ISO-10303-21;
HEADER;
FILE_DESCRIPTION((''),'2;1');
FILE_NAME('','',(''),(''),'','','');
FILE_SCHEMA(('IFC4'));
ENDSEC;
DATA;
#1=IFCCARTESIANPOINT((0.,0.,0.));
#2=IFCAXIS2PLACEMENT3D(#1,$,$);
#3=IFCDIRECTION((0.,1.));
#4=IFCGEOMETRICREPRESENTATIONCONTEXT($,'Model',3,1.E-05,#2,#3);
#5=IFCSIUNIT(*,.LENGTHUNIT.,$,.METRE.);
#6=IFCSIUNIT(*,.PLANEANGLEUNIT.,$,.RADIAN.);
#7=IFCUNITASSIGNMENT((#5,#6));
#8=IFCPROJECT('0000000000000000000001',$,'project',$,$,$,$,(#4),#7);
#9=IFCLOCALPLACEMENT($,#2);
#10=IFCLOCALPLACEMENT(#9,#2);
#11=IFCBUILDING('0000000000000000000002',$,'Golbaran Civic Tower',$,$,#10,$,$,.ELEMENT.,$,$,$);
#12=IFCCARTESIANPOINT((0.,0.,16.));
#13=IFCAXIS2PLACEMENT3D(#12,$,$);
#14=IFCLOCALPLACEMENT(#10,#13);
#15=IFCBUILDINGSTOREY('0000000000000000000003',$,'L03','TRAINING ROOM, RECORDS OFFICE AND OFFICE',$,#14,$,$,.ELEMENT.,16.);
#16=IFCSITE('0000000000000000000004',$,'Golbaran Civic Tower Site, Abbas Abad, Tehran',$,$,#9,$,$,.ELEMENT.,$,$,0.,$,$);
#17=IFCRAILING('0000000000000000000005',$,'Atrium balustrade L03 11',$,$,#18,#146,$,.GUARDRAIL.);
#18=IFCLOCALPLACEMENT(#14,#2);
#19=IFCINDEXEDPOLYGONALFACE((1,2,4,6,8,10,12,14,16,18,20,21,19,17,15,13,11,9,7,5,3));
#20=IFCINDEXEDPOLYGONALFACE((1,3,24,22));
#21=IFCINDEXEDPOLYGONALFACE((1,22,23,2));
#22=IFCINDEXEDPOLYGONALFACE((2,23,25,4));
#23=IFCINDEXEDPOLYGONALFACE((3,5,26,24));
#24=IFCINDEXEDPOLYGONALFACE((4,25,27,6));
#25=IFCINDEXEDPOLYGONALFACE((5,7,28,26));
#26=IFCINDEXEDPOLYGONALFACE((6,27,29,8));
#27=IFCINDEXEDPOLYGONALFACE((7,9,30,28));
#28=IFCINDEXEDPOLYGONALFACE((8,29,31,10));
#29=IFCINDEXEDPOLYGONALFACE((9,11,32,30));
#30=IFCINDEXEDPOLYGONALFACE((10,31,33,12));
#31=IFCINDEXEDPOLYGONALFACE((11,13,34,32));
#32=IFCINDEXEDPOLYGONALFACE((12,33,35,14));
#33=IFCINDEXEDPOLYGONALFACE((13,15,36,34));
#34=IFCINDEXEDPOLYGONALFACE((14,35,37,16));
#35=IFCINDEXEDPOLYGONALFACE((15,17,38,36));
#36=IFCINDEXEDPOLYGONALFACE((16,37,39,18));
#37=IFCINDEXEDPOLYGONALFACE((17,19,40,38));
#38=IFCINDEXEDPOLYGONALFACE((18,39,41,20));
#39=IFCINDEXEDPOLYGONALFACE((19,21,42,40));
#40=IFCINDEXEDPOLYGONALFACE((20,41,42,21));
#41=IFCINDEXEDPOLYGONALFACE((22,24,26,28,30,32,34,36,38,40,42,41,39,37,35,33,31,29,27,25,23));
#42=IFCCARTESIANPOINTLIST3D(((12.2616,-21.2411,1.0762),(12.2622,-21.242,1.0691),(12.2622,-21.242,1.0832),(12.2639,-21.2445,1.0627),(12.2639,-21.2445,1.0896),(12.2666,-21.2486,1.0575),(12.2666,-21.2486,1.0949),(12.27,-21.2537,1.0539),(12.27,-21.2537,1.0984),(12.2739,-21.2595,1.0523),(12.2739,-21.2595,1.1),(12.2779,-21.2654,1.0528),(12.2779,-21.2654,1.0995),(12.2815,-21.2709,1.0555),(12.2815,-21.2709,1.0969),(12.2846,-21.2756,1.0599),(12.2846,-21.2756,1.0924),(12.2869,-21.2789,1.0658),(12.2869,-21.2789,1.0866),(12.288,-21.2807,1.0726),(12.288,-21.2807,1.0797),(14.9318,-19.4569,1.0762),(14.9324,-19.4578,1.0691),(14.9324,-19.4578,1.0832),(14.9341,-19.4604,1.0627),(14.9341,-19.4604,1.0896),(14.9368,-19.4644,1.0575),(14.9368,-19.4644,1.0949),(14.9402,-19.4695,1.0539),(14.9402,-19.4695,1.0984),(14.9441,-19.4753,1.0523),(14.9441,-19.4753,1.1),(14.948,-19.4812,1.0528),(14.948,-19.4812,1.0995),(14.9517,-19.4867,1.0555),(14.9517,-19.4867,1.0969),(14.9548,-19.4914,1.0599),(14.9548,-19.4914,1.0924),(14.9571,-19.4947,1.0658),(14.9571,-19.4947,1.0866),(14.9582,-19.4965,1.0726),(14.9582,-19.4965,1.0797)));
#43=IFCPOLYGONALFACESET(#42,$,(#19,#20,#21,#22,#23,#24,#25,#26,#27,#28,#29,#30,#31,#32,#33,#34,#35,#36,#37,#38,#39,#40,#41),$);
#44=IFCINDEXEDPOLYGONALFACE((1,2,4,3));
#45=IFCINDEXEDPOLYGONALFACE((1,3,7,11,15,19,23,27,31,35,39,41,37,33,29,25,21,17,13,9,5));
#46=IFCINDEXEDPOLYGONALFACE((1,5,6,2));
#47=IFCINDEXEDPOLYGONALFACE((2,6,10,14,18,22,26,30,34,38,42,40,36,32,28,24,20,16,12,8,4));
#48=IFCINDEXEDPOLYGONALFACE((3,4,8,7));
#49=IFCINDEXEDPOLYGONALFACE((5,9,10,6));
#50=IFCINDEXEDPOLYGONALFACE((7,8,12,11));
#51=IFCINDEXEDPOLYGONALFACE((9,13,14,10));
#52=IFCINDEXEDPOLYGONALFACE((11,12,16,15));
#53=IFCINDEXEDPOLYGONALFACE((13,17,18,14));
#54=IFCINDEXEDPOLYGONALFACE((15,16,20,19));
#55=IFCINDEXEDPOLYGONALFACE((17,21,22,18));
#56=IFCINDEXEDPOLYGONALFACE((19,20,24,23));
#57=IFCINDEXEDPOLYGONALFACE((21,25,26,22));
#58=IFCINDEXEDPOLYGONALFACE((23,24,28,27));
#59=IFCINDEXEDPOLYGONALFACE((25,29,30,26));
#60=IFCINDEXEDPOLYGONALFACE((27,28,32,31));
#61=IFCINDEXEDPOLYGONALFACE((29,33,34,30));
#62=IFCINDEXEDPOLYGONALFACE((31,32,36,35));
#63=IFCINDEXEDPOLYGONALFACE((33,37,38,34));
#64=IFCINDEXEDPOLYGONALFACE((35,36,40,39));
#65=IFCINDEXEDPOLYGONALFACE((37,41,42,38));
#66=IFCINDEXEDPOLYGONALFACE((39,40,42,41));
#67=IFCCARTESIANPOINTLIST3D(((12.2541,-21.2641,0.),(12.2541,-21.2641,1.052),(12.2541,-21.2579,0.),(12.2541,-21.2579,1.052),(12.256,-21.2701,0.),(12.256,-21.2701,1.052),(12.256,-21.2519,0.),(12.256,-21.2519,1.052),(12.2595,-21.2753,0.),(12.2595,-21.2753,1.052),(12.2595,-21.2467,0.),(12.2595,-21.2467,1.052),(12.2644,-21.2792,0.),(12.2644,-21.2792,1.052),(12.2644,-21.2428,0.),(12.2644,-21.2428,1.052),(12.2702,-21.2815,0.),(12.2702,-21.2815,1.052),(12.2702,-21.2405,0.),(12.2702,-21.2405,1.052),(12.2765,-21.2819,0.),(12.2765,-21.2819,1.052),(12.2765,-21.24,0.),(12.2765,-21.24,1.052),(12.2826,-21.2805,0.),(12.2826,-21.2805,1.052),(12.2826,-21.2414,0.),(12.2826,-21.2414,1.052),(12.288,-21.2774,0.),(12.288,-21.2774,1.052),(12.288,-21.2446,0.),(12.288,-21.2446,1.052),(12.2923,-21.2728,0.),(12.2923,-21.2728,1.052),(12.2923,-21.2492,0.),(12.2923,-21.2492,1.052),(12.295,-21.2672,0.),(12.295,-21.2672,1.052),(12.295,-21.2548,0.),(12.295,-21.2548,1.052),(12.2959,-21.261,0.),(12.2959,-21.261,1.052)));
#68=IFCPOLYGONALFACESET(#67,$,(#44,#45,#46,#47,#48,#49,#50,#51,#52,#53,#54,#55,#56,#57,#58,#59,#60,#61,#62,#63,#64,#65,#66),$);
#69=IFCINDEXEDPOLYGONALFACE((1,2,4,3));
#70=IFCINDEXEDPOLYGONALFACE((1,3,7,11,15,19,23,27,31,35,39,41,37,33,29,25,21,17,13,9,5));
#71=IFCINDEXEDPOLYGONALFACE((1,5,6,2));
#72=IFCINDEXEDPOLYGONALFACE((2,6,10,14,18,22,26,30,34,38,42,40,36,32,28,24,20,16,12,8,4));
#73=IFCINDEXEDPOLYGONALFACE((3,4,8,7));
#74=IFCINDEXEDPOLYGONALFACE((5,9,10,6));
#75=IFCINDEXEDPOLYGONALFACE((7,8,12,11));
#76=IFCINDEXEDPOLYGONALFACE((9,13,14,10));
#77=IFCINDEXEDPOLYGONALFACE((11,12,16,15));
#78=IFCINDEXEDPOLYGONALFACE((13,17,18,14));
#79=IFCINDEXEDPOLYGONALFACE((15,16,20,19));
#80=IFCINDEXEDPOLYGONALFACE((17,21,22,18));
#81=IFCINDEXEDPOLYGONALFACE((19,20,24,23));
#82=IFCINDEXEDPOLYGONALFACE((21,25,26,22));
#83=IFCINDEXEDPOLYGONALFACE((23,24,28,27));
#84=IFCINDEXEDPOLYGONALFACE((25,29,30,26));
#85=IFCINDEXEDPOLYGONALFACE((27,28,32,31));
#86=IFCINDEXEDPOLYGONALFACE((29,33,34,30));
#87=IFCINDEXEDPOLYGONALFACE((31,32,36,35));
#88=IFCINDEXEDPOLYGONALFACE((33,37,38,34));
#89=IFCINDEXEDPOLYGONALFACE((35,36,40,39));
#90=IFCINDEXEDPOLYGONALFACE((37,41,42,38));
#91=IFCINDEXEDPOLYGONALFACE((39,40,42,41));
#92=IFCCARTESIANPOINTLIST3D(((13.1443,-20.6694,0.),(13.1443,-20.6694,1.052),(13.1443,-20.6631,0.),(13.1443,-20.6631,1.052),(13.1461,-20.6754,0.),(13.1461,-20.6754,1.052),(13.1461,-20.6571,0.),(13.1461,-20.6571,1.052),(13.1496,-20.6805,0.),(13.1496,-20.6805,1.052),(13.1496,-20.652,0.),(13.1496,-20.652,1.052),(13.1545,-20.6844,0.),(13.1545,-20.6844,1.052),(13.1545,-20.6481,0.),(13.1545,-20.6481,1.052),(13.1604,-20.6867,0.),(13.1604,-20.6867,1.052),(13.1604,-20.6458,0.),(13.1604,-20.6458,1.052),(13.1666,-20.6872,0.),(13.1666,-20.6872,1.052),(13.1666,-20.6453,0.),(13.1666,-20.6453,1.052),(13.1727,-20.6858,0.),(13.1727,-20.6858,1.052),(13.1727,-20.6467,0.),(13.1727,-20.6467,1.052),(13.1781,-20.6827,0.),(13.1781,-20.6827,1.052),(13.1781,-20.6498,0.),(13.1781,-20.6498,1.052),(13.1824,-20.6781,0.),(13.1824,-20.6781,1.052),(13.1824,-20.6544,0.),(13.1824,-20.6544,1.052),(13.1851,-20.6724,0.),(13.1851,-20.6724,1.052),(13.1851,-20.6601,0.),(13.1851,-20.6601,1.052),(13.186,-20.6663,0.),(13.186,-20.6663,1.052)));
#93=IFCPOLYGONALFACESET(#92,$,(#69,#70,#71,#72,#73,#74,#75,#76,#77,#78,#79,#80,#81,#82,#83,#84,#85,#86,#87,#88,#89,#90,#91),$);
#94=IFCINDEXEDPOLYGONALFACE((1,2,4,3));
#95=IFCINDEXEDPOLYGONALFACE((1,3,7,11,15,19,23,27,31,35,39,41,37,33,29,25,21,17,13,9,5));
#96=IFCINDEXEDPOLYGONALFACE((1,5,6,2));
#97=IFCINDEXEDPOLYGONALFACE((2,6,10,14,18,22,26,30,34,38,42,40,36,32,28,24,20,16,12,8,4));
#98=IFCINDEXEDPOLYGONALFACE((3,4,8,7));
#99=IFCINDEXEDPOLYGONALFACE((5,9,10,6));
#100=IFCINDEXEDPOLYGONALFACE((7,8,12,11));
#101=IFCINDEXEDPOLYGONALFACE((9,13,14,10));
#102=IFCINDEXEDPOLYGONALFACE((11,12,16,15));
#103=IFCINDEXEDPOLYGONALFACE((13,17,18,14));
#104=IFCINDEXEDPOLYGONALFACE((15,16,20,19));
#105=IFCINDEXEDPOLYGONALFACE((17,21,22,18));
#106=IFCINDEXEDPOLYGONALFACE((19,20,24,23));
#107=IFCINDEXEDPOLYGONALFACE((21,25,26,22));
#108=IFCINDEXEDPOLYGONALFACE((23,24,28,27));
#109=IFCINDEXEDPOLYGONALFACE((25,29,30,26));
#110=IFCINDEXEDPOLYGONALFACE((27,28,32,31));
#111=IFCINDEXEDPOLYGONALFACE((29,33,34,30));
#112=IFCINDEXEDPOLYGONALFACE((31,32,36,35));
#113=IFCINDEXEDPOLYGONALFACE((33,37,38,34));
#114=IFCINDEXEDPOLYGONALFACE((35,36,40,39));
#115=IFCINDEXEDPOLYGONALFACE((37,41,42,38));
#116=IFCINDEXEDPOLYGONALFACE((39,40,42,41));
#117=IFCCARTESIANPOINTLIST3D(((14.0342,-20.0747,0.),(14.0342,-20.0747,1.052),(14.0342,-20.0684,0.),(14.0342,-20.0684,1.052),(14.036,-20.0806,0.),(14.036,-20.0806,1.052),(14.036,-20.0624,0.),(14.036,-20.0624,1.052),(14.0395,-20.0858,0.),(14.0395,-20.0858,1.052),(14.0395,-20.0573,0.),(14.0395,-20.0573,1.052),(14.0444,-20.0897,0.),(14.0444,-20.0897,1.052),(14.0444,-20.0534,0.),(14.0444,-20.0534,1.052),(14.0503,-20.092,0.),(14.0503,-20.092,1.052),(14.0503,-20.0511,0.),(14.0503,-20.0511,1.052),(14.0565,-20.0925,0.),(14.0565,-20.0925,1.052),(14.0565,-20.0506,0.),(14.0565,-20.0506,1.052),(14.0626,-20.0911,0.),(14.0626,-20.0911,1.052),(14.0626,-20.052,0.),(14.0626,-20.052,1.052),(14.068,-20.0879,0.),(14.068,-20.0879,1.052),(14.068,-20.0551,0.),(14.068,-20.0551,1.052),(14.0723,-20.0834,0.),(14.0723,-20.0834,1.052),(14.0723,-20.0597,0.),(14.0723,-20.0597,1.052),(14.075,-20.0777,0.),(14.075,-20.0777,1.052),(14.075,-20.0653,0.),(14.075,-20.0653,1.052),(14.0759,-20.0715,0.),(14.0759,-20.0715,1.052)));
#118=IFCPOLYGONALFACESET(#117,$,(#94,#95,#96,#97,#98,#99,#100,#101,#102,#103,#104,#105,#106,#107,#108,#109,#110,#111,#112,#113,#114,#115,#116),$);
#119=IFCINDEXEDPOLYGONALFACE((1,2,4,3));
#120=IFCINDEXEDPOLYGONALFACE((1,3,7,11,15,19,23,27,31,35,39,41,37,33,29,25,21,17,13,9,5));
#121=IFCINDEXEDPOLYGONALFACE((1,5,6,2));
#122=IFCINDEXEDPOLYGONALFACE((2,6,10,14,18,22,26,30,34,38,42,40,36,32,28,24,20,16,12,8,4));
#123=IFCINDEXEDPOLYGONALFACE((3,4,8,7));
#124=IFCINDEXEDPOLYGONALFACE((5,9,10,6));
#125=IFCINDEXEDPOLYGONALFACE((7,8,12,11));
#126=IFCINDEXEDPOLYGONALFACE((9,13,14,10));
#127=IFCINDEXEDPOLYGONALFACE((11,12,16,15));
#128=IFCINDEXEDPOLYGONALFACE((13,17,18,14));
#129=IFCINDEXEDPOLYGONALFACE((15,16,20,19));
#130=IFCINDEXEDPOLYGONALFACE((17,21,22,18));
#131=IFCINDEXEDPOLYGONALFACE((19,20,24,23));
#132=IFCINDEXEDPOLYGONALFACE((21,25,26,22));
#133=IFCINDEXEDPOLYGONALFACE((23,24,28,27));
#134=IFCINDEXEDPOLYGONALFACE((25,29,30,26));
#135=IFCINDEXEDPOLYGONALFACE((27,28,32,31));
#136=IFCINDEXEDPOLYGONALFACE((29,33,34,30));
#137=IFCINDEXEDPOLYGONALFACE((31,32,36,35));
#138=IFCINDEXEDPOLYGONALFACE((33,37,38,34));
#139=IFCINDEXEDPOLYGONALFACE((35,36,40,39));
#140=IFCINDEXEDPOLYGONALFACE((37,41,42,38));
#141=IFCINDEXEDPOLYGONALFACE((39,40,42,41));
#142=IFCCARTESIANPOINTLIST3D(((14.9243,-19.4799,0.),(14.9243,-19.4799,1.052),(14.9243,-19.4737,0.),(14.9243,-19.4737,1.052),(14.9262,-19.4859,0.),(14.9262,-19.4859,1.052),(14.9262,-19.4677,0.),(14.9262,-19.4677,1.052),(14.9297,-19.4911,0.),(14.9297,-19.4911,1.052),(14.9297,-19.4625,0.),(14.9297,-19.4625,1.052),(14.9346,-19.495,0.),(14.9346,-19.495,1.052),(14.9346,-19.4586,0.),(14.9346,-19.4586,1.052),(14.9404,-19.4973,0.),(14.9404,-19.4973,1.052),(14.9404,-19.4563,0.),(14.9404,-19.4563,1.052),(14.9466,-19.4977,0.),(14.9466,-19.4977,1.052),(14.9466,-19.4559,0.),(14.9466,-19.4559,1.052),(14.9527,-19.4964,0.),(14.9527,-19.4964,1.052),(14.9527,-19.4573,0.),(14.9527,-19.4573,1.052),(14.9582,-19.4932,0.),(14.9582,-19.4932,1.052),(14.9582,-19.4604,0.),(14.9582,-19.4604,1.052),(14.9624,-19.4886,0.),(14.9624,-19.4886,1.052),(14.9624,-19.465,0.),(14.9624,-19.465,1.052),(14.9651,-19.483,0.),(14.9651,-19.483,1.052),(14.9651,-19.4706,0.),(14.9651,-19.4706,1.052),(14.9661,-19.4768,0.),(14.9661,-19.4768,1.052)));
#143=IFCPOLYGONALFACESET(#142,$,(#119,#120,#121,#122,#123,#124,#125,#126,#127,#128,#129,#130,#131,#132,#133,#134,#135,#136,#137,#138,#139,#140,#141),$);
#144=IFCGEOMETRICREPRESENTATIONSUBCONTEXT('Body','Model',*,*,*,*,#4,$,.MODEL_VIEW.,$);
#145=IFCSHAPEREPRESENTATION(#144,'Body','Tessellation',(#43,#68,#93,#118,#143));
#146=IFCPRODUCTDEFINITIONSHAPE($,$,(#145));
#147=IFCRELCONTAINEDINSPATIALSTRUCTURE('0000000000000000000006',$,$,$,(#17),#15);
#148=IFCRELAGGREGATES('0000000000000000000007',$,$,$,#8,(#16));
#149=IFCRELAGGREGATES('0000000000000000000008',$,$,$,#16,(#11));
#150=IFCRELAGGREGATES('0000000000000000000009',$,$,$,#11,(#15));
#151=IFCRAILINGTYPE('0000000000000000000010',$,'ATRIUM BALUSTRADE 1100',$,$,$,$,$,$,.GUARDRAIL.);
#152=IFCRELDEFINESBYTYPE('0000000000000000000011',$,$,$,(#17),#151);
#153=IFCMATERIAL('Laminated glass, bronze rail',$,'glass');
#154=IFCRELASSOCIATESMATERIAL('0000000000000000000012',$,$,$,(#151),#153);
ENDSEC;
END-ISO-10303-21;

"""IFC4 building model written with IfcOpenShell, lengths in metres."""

from ifc_helpers import new_model, si_unit, direction, frame, origin, origin_2d, place, context, subcontext, project, spatial, circle, extrude, material, type_object, element, save


model = new_model("IFC4")

# Units and contexts
model_context = context("Model", 3, precision=1e-05, world=origin(), true_north=direction((0.0, 1.0)))
body_context = subcontext(model_context, "Body", "Model", "MODEL_VIEW")
ifc_project = project(units=[si_unit("LENGTHUNIT", "METRE"), si_unit("PLANEANGLEUNIT", "RADIAN")], contexts=[model_context])

# Site, building, storey
site_placement = place(None, origin())
site = spatial("IfcSite", under=ifc_project, at=site_placement, Name="Golbaran Civic Tower Site, Abbas Abad, Tehran", CompositionType="ELEMENT", RefElevation=0.0)
building_placement = place(site_placement, origin())
building = spatial("IfcBuilding", under=site, at=building_placement, Name="Golbaran Civic Tower", CompositionType="ELEMENT")
storey_placement = place(building_placement, frame((0.0, 0.0, 16.0)))
storey = spatial("IfcBuildingStorey", under=building, at=storey_placement, Name="L03", Description="TRAINING ROOM, RECORDS OFFICE AND OFFICE", CompositionType="ELEMENT", Elevation=16.0)

# Railing
ifc_material_1 = material(Name="Laminated glass, bronze rail", Category="glass")
railing_type = type_object("IfcRailingType", Name="ATRIUM BALUSTRADE 1100", PredefinedType="GUARDRAIL", material=ifc_material_1)
railing_placement = place(storey_placement, frame((12.2749, -21.261, 0.0)))
element("IfcRailing", 1, at=railing_placement, inside=storey, type_object=railing_type, Name="Atrium balustrade L03 11", PredefinedType="GUARDRAIL", context=body_context, shape_type="SweptSolid", body=[
    extrude(circle(Radius=0.0239, at=origin_2d()), frame((0.0, 0.0, 1.0762), z_axis=(0.831465, 0.555577, 0.0), x_axis=(-0.555577, 0.831465, 0.0)), (0.0, 0.0, 1.0), 3.2114),
    extrude(circle(Radius=0.021, at=origin_2d()), origin(), (0.0, 0.0, 1.0), 1.052),
    extrude(circle(Radius=0.021, at=origin_2d()), frame((0.8901, 0.5947, 0.0)), (0.0, 0.0, 1.0), 1.052),
    extrude(circle(Radius=0.021, at=origin_2d()), frame((1.78, 1.1895, 0.0)), (0.0, 0.0, 1.0), 1.052),
    extrude(circle(Radius=0.021, at=origin_2d()), frame((2.6702, 1.7842, 0.0)), (0.0, 0.0, 1.0), 1.052),
])

save(model, "model.ifc")
